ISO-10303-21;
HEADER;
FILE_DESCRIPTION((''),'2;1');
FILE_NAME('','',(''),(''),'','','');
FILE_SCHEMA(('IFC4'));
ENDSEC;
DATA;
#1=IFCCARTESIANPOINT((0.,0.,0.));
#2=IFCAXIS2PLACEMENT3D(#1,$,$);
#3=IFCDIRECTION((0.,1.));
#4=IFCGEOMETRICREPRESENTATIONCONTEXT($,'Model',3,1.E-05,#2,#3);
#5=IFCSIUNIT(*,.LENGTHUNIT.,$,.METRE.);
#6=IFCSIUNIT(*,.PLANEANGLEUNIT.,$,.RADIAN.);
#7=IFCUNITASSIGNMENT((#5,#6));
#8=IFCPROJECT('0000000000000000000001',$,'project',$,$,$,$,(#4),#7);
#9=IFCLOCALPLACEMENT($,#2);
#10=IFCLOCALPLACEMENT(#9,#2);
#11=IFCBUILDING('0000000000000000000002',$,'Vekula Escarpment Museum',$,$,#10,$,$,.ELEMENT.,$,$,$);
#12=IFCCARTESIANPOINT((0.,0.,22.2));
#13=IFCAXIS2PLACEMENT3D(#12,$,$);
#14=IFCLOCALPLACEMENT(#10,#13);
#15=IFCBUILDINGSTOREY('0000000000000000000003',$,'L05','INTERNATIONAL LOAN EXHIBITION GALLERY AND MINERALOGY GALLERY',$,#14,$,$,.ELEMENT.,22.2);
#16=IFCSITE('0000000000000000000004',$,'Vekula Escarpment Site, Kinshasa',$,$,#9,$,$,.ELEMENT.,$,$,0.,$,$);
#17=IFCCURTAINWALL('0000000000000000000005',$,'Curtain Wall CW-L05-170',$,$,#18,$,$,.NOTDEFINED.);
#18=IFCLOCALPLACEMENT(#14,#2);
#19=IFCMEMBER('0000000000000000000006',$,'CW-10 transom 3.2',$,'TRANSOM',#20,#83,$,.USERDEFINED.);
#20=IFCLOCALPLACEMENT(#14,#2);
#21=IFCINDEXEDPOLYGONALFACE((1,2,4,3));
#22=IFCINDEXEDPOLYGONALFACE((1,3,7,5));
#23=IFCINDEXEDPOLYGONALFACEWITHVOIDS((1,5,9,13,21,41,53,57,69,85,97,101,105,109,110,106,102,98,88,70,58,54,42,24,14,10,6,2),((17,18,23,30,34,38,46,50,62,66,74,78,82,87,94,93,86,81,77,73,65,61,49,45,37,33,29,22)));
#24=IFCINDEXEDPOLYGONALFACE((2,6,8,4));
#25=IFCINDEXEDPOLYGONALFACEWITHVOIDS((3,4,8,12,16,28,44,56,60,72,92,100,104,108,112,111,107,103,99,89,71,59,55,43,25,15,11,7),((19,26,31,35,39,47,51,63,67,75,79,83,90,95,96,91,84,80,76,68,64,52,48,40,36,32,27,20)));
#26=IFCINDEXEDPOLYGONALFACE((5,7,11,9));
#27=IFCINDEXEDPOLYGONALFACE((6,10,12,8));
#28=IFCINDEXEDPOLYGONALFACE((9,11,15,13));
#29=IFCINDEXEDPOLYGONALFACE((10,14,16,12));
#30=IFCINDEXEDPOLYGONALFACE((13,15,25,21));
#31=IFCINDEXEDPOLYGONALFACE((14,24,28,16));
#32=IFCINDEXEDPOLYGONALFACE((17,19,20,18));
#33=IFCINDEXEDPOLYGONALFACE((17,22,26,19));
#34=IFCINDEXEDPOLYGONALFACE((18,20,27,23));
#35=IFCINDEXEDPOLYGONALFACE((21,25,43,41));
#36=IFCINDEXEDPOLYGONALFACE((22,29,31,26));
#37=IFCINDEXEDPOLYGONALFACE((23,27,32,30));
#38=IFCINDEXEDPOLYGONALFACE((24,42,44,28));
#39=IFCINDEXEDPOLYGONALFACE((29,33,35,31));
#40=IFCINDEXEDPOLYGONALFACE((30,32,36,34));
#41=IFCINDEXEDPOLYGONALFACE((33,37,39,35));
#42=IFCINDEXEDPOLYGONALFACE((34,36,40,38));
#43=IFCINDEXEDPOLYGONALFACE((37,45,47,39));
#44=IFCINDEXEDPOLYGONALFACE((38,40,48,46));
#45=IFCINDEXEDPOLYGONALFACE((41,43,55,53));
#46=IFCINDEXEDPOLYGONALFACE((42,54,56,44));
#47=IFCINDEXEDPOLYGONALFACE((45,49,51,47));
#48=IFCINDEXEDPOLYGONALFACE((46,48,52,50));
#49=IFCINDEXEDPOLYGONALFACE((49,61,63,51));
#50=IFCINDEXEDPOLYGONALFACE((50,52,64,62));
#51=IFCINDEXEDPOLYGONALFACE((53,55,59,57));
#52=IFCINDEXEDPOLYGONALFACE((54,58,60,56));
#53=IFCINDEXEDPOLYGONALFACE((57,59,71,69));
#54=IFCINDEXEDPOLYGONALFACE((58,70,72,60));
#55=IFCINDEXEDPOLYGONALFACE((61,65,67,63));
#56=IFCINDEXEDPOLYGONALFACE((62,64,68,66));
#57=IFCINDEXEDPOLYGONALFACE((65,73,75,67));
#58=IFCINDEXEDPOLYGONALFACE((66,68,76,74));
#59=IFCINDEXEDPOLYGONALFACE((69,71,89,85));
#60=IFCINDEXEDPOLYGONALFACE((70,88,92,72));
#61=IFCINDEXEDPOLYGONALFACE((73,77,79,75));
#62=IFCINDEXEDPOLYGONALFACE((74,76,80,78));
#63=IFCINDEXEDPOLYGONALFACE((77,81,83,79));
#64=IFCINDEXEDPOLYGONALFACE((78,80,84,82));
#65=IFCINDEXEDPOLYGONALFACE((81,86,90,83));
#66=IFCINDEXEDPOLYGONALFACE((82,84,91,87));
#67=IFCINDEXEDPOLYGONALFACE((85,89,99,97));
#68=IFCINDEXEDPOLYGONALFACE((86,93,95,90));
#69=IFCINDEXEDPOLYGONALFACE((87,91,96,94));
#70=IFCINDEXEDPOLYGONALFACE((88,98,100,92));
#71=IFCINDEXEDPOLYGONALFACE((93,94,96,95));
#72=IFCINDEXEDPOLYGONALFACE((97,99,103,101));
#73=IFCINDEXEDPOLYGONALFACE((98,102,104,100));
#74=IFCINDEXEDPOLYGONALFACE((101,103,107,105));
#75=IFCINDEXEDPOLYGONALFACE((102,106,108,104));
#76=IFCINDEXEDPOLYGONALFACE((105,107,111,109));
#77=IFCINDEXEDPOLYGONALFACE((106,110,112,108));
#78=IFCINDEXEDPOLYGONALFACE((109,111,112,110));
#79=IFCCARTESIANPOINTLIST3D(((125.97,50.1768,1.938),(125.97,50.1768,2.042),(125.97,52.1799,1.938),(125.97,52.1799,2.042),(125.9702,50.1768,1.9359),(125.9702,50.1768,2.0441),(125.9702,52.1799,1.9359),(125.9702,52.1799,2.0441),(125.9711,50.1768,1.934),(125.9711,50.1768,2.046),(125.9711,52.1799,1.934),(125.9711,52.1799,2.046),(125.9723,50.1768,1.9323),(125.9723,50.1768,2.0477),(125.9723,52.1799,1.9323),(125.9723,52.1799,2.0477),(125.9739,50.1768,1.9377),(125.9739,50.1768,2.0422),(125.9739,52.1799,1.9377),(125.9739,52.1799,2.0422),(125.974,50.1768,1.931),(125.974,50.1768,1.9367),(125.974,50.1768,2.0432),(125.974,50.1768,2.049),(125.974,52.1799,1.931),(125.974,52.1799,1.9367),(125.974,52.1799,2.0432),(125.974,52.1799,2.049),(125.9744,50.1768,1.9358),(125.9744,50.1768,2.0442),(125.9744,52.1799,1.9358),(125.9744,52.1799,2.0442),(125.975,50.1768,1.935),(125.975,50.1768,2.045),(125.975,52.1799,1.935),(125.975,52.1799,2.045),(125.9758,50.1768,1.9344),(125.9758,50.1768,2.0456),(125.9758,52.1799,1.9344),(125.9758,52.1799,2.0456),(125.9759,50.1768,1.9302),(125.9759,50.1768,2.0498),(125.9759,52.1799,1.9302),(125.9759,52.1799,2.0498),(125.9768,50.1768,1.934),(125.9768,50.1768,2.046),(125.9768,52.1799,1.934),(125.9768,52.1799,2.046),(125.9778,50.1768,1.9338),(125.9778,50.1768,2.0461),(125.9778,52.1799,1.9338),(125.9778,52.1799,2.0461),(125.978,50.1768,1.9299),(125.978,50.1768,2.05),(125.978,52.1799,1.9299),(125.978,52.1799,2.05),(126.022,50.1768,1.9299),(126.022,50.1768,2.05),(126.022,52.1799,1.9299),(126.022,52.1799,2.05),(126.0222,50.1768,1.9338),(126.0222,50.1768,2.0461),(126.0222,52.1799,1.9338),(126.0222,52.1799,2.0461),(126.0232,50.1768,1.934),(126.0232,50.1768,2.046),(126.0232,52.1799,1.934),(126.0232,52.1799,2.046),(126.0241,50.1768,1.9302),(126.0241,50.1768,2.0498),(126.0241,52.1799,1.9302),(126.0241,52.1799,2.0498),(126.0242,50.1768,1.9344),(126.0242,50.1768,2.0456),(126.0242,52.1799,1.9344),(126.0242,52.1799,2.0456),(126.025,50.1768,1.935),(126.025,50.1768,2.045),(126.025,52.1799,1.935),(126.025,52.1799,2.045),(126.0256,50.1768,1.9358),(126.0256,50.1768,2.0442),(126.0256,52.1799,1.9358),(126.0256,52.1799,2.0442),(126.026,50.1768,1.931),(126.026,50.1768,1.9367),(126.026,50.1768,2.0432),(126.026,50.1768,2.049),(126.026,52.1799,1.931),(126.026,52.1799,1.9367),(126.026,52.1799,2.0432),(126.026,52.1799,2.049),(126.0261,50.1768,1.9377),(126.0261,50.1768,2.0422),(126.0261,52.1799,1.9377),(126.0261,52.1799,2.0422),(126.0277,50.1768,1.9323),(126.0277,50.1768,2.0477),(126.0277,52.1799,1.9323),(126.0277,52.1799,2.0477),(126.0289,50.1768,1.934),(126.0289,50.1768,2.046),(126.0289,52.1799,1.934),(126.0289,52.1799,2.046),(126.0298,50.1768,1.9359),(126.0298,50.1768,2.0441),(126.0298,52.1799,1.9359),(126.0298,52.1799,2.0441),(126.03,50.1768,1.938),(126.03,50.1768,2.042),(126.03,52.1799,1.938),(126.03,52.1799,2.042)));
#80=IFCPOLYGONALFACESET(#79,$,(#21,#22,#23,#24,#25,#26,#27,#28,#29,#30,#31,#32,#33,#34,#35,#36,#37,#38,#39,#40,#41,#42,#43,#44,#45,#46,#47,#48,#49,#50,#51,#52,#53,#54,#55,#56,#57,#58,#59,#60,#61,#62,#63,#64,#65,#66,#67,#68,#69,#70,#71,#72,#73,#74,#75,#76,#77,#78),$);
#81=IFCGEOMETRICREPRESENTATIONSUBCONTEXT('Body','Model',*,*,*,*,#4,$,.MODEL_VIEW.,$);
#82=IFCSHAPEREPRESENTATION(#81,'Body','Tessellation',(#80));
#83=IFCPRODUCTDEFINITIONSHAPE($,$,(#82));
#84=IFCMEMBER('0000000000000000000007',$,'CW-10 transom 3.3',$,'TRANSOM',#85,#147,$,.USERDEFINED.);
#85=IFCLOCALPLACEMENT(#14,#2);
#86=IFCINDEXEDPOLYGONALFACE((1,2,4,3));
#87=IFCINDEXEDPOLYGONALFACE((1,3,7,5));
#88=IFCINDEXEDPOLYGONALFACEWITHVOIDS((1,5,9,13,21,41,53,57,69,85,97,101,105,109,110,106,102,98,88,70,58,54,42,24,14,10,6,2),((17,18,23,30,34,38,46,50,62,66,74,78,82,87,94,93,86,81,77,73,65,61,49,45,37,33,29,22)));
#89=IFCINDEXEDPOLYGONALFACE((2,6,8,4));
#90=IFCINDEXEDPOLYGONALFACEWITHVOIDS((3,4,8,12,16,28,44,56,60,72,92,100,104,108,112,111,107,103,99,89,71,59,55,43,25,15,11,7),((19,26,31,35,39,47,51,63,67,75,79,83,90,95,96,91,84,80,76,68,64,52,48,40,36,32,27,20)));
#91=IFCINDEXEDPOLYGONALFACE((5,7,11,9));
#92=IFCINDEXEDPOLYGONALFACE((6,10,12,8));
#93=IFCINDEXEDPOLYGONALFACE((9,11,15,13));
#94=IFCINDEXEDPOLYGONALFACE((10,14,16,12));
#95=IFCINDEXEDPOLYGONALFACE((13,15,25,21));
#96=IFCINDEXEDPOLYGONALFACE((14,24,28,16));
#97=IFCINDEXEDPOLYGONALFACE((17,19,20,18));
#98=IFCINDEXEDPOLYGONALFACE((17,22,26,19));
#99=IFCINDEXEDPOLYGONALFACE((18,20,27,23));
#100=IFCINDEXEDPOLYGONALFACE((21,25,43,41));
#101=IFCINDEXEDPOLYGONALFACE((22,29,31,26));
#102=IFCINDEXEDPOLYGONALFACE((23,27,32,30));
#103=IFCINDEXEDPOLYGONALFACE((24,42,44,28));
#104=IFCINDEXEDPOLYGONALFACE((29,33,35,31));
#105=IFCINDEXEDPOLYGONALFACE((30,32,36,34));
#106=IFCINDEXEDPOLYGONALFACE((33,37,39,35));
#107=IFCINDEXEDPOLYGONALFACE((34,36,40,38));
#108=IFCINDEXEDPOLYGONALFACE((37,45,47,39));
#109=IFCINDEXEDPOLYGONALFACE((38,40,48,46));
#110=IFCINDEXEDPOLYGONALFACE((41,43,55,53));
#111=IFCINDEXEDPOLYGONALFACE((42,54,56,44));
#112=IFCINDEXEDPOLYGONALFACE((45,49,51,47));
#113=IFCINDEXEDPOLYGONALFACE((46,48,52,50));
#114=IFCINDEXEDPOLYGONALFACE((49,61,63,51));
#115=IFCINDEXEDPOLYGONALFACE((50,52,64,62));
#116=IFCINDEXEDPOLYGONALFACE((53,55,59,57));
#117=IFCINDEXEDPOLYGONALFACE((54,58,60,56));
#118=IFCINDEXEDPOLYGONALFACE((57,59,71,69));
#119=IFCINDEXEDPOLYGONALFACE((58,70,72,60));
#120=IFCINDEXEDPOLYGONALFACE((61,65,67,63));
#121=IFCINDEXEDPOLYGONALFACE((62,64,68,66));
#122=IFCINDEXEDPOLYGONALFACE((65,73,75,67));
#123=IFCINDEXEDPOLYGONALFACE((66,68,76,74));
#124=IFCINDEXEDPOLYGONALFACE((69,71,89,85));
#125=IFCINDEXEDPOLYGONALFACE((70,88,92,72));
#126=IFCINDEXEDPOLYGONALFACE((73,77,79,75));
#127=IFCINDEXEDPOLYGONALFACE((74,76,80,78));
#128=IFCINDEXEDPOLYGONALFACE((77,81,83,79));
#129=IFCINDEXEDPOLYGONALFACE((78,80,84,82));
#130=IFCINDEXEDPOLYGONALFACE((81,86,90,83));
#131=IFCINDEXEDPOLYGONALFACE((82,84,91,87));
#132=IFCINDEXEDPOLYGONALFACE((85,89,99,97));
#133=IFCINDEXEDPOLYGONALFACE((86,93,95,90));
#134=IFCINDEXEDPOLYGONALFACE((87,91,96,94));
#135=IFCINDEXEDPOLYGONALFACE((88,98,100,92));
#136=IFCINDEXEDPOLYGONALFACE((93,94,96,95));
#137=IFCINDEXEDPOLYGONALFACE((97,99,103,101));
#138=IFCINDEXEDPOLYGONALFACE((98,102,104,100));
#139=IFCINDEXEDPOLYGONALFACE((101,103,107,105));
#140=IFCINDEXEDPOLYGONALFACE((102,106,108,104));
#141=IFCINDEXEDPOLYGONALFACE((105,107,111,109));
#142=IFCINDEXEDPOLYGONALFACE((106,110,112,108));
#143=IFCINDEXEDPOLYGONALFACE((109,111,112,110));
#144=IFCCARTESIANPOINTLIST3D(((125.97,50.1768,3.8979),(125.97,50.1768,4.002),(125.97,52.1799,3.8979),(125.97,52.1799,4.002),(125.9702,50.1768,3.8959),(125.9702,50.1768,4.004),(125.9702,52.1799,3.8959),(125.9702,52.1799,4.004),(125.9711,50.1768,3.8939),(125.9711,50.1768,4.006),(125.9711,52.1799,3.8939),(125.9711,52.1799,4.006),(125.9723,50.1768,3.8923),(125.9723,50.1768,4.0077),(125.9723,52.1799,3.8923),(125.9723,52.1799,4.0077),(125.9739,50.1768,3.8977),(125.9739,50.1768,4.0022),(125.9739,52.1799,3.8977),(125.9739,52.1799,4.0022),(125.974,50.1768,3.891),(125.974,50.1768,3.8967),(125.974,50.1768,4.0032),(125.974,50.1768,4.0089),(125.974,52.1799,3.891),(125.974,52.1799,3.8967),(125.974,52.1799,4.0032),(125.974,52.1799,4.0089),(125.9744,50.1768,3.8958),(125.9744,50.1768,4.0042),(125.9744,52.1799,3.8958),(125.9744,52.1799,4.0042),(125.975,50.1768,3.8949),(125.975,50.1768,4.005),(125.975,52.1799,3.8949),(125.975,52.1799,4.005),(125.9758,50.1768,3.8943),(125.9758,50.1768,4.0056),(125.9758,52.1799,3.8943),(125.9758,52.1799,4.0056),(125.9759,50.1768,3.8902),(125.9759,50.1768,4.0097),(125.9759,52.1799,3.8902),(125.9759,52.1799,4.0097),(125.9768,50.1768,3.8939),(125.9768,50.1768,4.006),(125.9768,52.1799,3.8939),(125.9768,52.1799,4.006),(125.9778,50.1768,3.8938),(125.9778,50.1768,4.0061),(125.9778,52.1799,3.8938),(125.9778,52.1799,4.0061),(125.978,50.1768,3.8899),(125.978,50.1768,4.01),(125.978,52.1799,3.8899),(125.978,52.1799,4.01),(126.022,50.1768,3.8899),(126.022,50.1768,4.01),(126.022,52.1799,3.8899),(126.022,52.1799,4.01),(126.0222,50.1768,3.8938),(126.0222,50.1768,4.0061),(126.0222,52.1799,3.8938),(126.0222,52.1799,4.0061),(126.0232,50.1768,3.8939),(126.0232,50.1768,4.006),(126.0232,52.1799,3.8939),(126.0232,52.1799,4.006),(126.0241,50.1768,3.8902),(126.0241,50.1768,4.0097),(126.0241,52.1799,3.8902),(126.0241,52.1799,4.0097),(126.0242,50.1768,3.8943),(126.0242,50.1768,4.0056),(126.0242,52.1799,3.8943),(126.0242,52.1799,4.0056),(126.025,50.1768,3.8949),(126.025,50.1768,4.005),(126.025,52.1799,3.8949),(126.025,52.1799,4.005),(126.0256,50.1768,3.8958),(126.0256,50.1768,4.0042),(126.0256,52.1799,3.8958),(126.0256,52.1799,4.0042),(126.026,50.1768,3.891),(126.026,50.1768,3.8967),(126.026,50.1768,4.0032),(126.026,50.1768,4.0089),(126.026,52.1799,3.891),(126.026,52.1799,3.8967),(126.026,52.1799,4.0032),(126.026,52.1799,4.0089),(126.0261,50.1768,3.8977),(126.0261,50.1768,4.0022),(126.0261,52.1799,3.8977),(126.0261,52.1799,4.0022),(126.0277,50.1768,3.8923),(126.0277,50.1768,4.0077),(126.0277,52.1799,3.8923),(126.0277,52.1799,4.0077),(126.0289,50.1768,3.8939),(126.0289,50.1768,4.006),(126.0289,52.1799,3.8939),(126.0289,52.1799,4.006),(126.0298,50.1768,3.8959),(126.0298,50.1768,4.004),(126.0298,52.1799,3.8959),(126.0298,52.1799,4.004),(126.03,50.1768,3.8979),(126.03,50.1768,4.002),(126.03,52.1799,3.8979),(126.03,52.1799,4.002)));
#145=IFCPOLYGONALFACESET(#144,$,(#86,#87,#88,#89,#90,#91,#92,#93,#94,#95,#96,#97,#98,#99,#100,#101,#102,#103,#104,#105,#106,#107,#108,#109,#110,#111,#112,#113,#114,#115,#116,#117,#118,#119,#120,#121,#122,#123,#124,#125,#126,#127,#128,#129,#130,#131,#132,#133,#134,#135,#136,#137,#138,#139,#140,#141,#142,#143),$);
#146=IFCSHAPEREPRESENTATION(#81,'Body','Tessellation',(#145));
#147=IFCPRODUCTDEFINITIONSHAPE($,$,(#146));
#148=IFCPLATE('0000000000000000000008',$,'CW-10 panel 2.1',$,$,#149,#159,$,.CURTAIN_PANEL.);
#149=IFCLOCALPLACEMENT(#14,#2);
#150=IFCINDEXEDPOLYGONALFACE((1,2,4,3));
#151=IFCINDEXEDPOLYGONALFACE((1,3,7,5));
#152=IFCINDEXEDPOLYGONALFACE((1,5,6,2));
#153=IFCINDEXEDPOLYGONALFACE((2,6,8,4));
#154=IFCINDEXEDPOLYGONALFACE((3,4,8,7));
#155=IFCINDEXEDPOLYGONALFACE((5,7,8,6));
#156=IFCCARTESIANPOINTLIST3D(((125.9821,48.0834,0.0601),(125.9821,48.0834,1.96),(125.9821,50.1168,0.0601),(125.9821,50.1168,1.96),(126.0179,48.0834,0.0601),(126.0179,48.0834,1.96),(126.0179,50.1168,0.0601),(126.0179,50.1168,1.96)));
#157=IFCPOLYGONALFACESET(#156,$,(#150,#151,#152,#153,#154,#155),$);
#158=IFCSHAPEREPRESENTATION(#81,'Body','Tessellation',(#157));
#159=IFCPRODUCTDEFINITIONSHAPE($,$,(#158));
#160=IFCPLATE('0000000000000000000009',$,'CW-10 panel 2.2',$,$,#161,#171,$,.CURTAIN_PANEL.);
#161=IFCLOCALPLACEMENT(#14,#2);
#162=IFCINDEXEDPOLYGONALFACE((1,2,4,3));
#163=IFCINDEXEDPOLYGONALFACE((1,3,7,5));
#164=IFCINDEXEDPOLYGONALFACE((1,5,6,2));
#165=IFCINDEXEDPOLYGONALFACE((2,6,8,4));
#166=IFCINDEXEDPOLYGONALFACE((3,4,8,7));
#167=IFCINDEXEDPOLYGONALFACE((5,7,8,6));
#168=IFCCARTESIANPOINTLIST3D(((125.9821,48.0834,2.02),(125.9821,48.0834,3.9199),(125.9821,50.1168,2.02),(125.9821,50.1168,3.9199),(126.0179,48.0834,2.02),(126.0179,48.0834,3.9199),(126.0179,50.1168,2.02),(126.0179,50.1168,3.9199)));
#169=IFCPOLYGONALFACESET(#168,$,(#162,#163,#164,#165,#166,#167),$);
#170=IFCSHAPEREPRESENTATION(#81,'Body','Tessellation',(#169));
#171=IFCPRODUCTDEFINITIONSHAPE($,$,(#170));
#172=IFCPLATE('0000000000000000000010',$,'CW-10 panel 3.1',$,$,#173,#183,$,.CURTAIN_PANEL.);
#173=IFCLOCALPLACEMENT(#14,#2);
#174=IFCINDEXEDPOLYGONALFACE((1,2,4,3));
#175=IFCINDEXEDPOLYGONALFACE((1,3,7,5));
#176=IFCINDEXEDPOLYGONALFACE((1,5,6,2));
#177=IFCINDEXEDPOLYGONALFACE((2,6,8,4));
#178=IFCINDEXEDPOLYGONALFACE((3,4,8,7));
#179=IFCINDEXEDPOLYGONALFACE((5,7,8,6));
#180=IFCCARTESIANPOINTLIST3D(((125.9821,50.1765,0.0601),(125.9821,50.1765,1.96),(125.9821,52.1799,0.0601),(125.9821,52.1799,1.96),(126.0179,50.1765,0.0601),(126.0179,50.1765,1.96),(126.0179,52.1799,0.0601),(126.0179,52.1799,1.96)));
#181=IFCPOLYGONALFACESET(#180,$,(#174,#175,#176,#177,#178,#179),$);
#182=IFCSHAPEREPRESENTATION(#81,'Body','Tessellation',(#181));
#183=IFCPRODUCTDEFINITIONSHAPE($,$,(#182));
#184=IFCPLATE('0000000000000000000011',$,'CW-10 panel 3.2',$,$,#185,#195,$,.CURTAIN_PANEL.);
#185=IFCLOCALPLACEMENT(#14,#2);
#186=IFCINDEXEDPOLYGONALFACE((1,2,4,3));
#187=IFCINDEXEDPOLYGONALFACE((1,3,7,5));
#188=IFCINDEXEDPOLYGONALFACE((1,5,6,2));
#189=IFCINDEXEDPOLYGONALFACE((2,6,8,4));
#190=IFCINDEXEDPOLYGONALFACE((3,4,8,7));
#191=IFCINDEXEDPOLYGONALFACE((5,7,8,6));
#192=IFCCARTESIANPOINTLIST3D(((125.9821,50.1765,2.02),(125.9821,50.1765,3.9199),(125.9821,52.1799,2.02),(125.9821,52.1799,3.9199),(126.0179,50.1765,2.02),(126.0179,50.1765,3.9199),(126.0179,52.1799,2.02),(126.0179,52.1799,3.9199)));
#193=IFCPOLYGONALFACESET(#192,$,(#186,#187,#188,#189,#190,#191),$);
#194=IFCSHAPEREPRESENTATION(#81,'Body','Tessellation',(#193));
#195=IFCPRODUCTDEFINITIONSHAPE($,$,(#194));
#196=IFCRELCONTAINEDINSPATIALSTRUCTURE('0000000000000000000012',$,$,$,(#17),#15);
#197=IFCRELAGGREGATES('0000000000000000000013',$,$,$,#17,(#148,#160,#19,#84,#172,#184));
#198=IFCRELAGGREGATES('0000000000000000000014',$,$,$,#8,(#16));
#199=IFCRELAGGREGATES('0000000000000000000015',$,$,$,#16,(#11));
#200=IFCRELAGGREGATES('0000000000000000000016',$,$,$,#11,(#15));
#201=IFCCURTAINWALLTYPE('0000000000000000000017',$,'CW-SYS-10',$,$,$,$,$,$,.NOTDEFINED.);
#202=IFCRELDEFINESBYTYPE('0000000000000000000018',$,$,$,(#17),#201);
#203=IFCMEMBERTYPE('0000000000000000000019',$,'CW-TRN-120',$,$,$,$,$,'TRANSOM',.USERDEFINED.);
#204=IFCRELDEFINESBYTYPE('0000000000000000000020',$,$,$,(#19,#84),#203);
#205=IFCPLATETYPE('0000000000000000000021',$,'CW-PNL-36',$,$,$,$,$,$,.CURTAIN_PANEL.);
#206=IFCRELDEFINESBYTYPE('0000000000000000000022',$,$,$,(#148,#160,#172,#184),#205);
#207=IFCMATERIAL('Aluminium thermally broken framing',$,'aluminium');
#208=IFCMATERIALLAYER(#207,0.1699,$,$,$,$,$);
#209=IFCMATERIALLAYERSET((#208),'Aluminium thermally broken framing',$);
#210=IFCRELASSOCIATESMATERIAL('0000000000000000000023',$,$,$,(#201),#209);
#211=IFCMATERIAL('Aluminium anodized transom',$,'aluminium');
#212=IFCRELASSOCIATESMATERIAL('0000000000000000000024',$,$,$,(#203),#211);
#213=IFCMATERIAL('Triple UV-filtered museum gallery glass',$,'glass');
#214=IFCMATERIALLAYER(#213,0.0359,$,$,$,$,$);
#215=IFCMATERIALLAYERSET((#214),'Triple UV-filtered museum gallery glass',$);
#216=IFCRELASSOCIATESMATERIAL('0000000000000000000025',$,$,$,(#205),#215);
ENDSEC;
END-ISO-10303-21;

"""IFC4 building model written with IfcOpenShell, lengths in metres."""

from ifc_helpers import new_model, si_unit, direction, frame, origin, origin_2d, place, context, subcontext, project, spatial, rectangle, hollow_rectangle, extrude, material, layer, layer_set, material_profile, profile_set, type_object, element, aggregate, save


model = new_model("IFC4")

# Units and contexts
model_context = context("Model", 3, precision=1e-05, world=origin(), true_north=direction((0.0, 1.0)))
body_context = subcontext(model_context, "Body", "Model", "MODEL_VIEW")
ifc_project = project(units=[si_unit("LENGTHUNIT", "METRE"), si_unit("PLANEANGLEUNIT", "RADIAN")], contexts=[model_context])

# Site, building, storey
site_placement = place(None, origin())
site = spatial("IfcSite", under=ifc_project, at=site_placement, Name="Vekula Escarpment Site, Kinshasa", CompositionType="ELEMENT", RefElevation=0.0)
building_placement = place(site_placement, origin())
building = spatial("IfcBuilding", under=site, at=building_placement, Name="Vekula Escarpment Museum", CompositionType="ELEMENT")
storey_placement = place(building_placement, frame((0.0, 0.0, 22.2)))
storey = spatial("IfcBuildingStorey", under=building, at=storey_placement, Name="L05", Description="INTERNATIONAL LOAN EXHIBITION GALLERY AND MINERALOGY GALLERY", CompositionType="ELEMENT", Elevation=22.2)

# Curtain wall, members, plates
ifc_material_1 = material(Name="Aluminium thermally broken framing", Category="aluminium")
ifc_layer_1 = layer(ifc_material_1, 0.1699)
ifc_layer_set_1 = layer_set([ifc_layer_1], Name="Aluminium thermally broken framing")
curtain_wall_type = type_object("IfcCurtainWallType", Name="CW-SYS-10", PredefinedType="NOTDEFINED", material=ifc_layer_set_1)
curtain_wall_placement = place(storey_placement, origin())
curtain_wall = element("IfcCurtainWall", 1, at=curtain_wall_placement, inside=storey, type_object=curtain_wall_type, Name="Curtain Wall CW-L05-170", PredefinedType="NOTDEFINED")
ifc_material_2 = material(Name="Aluminium anodized transom", Category="aluminium")
ifc_material_profile_1 = material_profile(ifc_material_2, hollow_rectangle(XDim=0.0601, YDim=0.1201, WallThickness=0.0039, InnerFilletRadius=0.0039, OuterFilletRadius=0.0081, at=origin_2d()), Name="ALU 120x60x4")
ifc_profile_set_1 = profile_set([ifc_material_profile_1], Name="Aluminium anodized transom")
member_type_1 = type_object("IfcMemberType", Name="CW-TRN-120", ElementType="TRANSOM", PredefinedType="USERDEFINED", material=ifc_profile_set_1)
member_1_placement = place(storey_placement, frame((126.0, 50.1768, 1.99), z_axis=(0.0, 1.0, 0.0), x_axis=(-1.0, 0.0, 0.0)))
member_1 = element("IfcMember", 2, at=member_1_placement, type_object=member_type_1, Name="CW-10 transom 3.2", ObjectType="TRANSOM", PredefinedType="USERDEFINED", context=body_context, shape_type="SweptSolid", body=[
    extrude(hollow_rectangle(XDim=0.0601, YDim=0.1201, WallThickness=0.0039, InnerFilletRadius=0.0039, OuterFilletRadius=0.0081, at=origin_2d()), origin(), (0.0, 0.0, 1.0), 2.0032),
])
member_2_placement = place(storey_placement, frame((126.0, 50.1768, 3.95), z_axis=(0.0, 1.0, 0.0), x_axis=(-1.0, 0.0, 0.0)))
member_2 = element("IfcMember", 3, at=member_2_placement, type_object=member_type_1, Name="CW-10 transom 3.3", ObjectType="TRANSOM", PredefinedType="USERDEFINED", context=body_context, shape_type="SweptSolid", body=[
    extrude(hollow_rectangle(XDim=0.0601, YDim=0.1201, WallThickness=0.0039, InnerFilletRadius=0.0039, OuterFilletRadius=0.0081, at=origin_2d()), origin(), (0.0, 0.0, 1.0), 2.0032),
])
ifc_material_3 = material(Name="Triple UV-filtered museum gallery glass", Category="glass")
ifc_layer_2 = layer(ifc_material_3, 0.0359)
ifc_layer_set_2 = layer_set([ifc_layer_2], Name="Triple UV-filtered museum gallery glass")
plate_type = type_object("IfcPlateType", Name="CW-PNL-36", PredefinedType="CURTAIN_PANEL", material=ifc_layer_set_2)
plate_1_placement = place(storey_placement, frame((126.0, 49.1001, 0.0601), z_axis=(0.0, 0.0, 1.0), x_axis=(0.0, 1.0, 0.0)))
plate_1 = element("IfcPlate", 4, at=plate_1_placement, type_object=plate_type, Name="CW-10 panel 2.1", PredefinedType="CURTAIN_PANEL", context=body_context, shape_type="SweptSolid", body=[
    extrude(rectangle(XDim=2.0334, YDim=0.0359, at=origin_2d()), origin(), (0.0, 0.0, 1.0), 1.8999),
])
plate_2_placement = place(storey_placement, frame((126.0, 49.1001, 2.02), z_axis=(0.0, 0.0, 1.0), x_axis=(0.0, 1.0, 0.0)))
plate_2 = element("IfcPlate", 5, at=plate_2_placement, type_object=plate_type, Name="CW-10 panel 2.2", PredefinedType="CURTAIN_PANEL", context=body_context, shape_type="SweptSolid", body=[
    extrude(rectangle(XDim=2.0334, YDim=0.0359, at=origin_2d()), origin(), (0.0, 0.0, 1.0), 1.8999),
])
plate_3_placement = place(storey_placement, frame((126.0, 51.1782, 0.0601), z_axis=(0.0, 0.0, 1.0), x_axis=(0.0, 1.0, 0.0)))
plate_3 = element("IfcPlate", 6, at=plate_3_placement, type_object=plate_type, Name="CW-10 panel 3.1", PredefinedType="CURTAIN_PANEL", context=body_context, shape_type="SweptSolid", body=[
    extrude(rectangle(XDim=2.0034, YDim=0.0359, at=origin_2d()), origin(), (0.0, 0.0, 1.0), 1.8999),
])
plate_4_placement = place(storey_placement, frame((126.0, 51.1782, 2.02), z_axis=(0.0, 0.0, 1.0), x_axis=(0.0, 1.0, 0.0)))
plate_4 = element("IfcPlate", 7, at=plate_4_placement, type_object=plate_type, Name="CW-10 panel 3.2", PredefinedType="CURTAIN_PANEL", context=body_context, shape_type="SweptSolid", body=[
    extrude(rectangle(XDim=2.0034, YDim=0.0359, at=origin_2d()), origin(), (0.0, 0.0, 1.0), 1.8999),
])
aggregate(curtain_wall, [plate_1, plate_2, member_1, member_2, plate_3, plate_4])

save(model, "model.ifc")
